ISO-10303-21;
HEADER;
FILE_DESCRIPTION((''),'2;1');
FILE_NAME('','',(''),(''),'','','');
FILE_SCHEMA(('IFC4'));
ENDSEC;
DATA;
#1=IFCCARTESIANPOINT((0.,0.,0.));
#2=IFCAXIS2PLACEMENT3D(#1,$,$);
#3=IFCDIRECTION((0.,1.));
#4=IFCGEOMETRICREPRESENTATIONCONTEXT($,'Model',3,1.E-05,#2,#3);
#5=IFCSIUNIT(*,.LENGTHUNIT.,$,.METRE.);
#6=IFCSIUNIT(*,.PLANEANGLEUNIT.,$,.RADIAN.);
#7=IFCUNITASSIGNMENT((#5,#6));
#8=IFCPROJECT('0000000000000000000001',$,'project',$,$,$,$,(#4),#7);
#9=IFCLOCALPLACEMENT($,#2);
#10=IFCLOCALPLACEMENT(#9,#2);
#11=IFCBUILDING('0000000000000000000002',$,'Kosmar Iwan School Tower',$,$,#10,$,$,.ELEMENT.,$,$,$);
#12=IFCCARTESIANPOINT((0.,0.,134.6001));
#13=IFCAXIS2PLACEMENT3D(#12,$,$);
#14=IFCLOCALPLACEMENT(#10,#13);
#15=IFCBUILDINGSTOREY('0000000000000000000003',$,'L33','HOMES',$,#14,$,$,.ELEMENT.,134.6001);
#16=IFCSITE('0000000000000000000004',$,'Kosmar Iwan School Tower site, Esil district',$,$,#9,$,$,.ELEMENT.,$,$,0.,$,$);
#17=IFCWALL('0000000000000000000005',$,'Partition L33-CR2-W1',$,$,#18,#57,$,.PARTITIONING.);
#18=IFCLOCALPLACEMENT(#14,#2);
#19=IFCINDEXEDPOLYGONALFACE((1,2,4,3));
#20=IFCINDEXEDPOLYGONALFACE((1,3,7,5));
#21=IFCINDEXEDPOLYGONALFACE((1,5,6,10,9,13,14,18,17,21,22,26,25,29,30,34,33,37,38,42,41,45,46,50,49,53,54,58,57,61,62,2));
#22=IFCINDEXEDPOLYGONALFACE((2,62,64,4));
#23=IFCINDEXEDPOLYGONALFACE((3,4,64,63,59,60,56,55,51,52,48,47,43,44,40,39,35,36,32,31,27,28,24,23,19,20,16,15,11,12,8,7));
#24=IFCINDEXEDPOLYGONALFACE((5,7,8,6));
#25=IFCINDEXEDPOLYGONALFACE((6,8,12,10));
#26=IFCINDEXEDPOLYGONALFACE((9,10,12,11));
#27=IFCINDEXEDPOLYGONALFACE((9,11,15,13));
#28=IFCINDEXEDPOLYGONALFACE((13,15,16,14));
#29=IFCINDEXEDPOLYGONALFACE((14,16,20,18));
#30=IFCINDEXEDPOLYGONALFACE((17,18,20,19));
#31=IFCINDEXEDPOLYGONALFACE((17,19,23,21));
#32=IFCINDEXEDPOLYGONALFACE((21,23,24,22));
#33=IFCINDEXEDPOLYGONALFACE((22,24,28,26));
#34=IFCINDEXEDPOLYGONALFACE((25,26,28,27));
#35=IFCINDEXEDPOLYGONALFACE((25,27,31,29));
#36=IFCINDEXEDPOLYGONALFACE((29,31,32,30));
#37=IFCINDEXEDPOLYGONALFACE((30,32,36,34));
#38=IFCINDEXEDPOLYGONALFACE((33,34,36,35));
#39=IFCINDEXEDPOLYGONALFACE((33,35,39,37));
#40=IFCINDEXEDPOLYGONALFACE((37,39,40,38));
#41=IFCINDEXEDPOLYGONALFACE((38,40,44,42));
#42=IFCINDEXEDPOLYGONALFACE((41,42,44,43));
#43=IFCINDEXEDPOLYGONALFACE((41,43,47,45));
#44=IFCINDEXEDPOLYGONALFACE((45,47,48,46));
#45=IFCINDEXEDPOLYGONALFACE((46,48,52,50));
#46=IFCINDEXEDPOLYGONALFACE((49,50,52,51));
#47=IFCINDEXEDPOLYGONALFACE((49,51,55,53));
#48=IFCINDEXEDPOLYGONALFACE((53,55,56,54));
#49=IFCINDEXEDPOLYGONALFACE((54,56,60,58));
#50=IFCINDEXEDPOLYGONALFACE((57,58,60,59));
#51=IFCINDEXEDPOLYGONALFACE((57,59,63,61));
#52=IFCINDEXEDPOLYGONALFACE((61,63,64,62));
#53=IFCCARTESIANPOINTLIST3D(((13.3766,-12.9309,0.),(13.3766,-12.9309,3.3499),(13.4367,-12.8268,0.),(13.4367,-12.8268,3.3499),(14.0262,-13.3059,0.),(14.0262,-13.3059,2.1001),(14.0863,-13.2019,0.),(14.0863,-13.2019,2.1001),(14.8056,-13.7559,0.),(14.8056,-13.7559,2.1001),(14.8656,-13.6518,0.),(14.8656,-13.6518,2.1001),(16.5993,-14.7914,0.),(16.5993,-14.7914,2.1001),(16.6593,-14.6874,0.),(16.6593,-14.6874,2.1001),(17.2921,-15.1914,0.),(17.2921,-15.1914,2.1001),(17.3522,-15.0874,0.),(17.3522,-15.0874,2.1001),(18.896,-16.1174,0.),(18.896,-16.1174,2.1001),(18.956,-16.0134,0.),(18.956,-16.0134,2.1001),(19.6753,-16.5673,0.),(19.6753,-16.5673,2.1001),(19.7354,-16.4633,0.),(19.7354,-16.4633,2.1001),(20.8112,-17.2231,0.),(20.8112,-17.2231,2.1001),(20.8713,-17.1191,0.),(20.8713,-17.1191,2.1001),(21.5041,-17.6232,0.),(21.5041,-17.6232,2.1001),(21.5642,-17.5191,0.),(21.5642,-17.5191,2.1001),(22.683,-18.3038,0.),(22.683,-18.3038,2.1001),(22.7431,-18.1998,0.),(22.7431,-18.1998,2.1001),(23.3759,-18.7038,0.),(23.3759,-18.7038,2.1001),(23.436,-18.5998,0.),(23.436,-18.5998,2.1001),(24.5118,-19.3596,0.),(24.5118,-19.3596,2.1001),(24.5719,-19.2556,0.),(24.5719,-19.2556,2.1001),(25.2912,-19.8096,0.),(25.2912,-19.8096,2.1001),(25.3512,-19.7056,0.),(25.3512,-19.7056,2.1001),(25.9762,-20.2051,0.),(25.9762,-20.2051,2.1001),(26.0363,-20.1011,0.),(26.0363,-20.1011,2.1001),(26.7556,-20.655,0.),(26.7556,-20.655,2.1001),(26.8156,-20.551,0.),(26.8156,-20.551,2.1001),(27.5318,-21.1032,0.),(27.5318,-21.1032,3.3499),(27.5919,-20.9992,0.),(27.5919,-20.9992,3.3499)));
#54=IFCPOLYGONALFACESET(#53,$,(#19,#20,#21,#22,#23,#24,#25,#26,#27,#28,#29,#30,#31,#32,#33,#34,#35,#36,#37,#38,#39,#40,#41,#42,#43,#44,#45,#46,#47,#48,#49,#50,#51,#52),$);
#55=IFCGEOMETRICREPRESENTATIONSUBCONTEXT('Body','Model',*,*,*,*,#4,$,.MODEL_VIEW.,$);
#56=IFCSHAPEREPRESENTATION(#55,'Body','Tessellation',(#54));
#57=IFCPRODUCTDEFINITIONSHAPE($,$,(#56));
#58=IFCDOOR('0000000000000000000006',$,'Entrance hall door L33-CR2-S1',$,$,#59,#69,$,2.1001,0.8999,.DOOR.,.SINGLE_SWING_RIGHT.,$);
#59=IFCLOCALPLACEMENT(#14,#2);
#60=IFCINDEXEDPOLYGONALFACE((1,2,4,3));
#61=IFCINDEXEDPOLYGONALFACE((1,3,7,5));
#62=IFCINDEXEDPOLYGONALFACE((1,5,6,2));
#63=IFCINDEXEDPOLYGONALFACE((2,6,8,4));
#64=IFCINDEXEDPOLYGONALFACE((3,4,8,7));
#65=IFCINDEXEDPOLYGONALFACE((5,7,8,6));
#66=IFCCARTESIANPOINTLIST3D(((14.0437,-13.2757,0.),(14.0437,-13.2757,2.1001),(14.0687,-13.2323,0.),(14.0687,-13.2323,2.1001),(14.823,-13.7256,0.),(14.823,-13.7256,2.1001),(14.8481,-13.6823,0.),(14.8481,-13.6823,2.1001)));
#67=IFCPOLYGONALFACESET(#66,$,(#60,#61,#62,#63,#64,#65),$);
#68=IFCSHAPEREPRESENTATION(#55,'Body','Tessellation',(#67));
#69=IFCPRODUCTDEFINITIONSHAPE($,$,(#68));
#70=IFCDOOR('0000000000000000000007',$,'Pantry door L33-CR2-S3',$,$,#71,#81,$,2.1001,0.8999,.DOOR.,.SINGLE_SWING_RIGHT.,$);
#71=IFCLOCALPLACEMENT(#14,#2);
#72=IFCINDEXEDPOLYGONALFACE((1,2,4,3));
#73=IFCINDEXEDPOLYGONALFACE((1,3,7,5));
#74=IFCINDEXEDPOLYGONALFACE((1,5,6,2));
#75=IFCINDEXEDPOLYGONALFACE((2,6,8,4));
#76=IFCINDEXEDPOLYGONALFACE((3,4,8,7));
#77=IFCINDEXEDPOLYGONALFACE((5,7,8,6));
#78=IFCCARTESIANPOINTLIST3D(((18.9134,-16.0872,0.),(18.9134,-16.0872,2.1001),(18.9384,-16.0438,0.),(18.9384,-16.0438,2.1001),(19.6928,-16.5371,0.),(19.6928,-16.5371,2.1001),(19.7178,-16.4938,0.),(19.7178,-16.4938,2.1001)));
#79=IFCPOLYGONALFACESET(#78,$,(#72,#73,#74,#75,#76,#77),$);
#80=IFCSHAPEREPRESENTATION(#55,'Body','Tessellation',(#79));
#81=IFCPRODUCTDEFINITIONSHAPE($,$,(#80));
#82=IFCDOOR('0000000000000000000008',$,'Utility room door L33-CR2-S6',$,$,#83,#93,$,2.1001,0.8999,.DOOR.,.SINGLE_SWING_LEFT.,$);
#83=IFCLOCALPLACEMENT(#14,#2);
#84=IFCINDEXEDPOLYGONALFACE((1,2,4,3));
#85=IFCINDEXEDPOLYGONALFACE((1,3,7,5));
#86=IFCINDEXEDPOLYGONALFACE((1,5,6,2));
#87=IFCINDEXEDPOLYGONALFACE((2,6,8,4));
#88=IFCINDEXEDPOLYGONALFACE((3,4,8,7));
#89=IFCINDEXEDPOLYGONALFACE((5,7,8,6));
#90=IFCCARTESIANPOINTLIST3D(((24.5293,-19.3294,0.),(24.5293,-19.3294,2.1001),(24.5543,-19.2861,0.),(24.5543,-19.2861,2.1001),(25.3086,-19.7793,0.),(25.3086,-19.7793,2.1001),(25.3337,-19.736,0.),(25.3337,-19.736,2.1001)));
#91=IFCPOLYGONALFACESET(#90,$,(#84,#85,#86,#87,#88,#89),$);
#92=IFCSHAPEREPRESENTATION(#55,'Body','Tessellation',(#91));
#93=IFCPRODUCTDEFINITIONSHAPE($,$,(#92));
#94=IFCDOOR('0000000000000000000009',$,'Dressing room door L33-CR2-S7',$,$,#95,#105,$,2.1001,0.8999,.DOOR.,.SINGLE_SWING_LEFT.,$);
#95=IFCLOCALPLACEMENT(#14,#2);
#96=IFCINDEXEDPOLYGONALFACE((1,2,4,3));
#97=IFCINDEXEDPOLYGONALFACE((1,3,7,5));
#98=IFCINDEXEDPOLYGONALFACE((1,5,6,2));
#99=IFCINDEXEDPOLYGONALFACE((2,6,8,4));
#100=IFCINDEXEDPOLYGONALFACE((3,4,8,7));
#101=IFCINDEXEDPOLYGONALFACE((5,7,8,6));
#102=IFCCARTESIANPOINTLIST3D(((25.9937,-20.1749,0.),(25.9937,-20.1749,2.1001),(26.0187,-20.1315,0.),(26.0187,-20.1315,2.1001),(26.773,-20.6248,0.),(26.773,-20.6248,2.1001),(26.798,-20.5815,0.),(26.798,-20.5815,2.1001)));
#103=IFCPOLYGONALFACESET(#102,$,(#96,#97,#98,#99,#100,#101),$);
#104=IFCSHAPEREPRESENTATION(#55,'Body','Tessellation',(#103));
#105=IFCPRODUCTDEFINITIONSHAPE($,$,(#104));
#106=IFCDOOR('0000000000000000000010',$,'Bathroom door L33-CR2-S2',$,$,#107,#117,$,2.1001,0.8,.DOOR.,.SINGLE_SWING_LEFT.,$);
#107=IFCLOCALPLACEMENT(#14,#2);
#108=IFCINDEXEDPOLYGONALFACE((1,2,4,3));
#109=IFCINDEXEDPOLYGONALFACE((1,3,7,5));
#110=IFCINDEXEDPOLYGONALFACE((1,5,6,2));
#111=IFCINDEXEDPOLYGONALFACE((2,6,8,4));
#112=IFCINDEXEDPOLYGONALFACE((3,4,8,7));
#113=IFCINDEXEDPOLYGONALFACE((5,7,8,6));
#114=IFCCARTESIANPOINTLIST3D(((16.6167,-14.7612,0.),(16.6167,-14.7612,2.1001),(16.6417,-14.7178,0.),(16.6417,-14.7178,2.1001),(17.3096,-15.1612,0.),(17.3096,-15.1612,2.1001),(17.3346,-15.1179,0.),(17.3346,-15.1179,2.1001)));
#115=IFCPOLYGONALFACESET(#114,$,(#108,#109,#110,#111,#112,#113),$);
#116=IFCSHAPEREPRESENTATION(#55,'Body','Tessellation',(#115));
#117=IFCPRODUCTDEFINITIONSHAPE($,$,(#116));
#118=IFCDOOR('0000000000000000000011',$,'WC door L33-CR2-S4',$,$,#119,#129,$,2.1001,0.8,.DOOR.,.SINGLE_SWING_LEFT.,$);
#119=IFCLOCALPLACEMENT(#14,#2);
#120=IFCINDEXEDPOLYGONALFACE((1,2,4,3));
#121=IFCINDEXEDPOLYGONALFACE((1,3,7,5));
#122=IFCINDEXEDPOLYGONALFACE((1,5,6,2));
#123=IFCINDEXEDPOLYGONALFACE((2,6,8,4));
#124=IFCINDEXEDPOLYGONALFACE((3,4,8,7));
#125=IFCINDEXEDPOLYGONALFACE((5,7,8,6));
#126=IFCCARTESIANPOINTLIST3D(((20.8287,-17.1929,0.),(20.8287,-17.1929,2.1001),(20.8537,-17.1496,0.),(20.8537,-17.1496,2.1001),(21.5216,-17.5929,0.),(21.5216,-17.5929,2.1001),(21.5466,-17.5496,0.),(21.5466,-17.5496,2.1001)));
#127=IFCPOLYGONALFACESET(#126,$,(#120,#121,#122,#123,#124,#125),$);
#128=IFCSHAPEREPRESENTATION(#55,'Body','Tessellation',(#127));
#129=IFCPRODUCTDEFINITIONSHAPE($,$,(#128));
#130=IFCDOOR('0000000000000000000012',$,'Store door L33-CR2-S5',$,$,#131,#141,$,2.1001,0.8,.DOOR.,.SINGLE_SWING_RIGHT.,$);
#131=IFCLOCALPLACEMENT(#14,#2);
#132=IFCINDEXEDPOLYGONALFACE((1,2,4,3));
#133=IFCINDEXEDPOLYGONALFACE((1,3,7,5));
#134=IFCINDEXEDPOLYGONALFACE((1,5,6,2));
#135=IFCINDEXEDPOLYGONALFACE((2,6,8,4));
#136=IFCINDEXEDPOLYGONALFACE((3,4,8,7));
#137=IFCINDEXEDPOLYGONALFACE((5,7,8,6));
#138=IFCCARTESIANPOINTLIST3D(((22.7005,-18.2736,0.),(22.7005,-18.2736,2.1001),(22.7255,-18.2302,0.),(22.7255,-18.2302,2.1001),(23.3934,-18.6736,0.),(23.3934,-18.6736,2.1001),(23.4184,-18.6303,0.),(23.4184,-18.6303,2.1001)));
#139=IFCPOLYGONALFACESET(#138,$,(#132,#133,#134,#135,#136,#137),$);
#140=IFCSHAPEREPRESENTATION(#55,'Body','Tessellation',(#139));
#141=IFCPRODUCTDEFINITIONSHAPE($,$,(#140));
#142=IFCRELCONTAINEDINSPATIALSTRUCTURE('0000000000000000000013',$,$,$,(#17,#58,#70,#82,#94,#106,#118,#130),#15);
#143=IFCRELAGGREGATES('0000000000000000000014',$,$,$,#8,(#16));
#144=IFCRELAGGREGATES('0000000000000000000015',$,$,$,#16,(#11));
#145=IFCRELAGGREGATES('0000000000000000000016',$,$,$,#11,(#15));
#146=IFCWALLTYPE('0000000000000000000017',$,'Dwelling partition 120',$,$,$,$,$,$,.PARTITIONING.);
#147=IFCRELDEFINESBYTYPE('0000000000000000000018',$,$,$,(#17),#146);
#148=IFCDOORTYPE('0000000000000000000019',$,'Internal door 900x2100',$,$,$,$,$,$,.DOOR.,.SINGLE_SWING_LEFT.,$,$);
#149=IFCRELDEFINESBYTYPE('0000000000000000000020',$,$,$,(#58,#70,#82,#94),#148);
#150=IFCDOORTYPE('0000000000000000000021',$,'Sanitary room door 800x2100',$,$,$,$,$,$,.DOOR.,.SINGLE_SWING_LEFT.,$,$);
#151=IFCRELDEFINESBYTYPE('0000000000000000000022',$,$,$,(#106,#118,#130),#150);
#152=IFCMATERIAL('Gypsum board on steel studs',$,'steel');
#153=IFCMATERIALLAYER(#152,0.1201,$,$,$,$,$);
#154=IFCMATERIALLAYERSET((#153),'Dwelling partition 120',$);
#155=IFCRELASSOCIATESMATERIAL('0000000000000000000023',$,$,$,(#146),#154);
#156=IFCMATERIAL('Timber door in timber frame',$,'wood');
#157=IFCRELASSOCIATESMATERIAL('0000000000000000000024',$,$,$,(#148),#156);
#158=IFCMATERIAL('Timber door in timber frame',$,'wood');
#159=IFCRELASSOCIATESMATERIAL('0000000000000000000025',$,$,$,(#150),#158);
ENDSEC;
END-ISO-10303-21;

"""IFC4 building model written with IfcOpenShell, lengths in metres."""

from ifc_helpers import new_model, si_unit, direction, frame, frame_2d, origin, place, context, subcontext, project, spatial, rectangle, extrude, material, layer, layer_set, type_object, element, fill, save


model = new_model("IFC4")

# Units and contexts
model_context = context("Model", 3, precision=1e-05, world=origin(), true_north=direction((0.0, 1.0)))
body_context = subcontext(model_context, "Body", "Model", "MODEL_VIEW")
ifc_project = project(units=[si_unit("LENGTHUNIT", "METRE"), si_unit("PLANEANGLEUNIT", "RADIAN")], contexts=[model_context])

# Site, building, storey
site_placement = place(None, origin())
site = spatial("IfcSite", under=ifc_project, at=site_placement, Name="Kosmar Iwan School Tower site, Esil district", CompositionType="ELEMENT", RefElevation=0.0)
building_placement = place(site_placement, origin())
building = spatial("IfcBuilding", under=site, at=building_placement, Name="Kosmar Iwan School Tower", CompositionType="ELEMENT")
storey_placement = place(building_placement, frame((0.0, 0.0, 134.6001)))
storey = spatial("IfcBuildingStorey", under=building, at=storey_placement, Name="L33", Description="HOMES", CompositionType="ELEMENT", Elevation=134.6001)

# Shared definitions
ifc_material_1 = material(Name="Gypsum board on steel studs", Category="steel")
ifc_layer_1 = layer(ifc_material_1, 0.1201)
ifc_layer_set_1 = layer_set([ifc_layer_1], Name="Dwelling partition 120")
wall_type_1 = type_object("IfcWallType", Name="Dwelling partition 120", PredefinedType="PARTITIONING", material=ifc_layer_set_1)

# Wall, openings, doors
wall_1_placement = place(storey_placement, frame((13.4067, -12.8789, 0.0), z_axis=(0.0, 0.0, 1.0), x_axis=(0.86603, -0.499991, 0.0)))
wall_1 = element("IfcWall", 1, at=wall_1_placement, inside=storey, type_object=wall_type_1, Name="Partition L33-CR2-W1", PredefinedType="PARTITIONING", context=body_context, shape_type="SweptSolid", body=[
    extrude(rectangle(XDim=16.345, YDim=0.1201, at=frame_2d((8.1724, 0.0))), origin(), (0.0, 0.0, 1.0), 3.3499),
])
opening_1_placement = place(wall_1_placement, frame((0.75, 0.0, 0.0)))
opening_1 = element("IfcOpeningElement", 2, at=opening_1_placement, cuts=wall_1, PredefinedType="OPENING", context=body_context, shape_type="SweptSolid", body=[
    extrude(rectangle(XDim=0.8999, YDim=2.1001, at=frame_2d((0.45, 1.05))), frame((0.0, 0.072, 0.0), z_axis=(0.0, -1.0, 0.0), x_axis=(1.0, 0.0, 0.0)), (0.0, 0.0, 1.0), 0.144),
])
opening_2_placement = place(wall_1_placement, frame((3.7212, 0.0, 0.0)))
opening_2 = element("IfcOpeningElement", 3, at=opening_2_placement, cuts=wall_1, PredefinedType="OPENING", context=body_context, shape_type="SweptSolid", body=[
    extrude(rectangle(XDim=0.8, YDim=2.1001, at=frame_2d((0.3999, 1.05))), frame((0.0, 0.072, 0.0), z_axis=(0.0, -1.0, 0.0), x_axis=(1.0, 0.0, 0.0)), (0.0, 0.0, 1.0), 0.144),
])
opening_3_placement = place(wall_1_placement, frame((6.373, 0.0, 0.0)))
opening_3 = element("IfcOpeningElement", 4, at=opening_3_placement, cuts=wall_1, PredefinedType="OPENING", context=body_context, shape_type="SweptSolid", body=[
    extrude(rectangle(XDim=0.8999, YDim=2.1001, at=frame_2d((0.45, 1.05))), frame((0.0, 0.072, 0.0), z_axis=(0.0, -1.0, 0.0), x_axis=(1.0, 0.0, 0.0)), (0.0, 0.0, 1.0), 0.144),
])
opening_4_placement = place(wall_1_placement, frame((8.5847, 0.0, 0.0)))
opening_4 = element("IfcOpeningElement", 5, at=opening_4_placement, cuts=wall_1, PredefinedType="OPENING", context=body_context, shape_type="SweptSolid", body=[
    extrude(rectangle(XDim=0.8, YDim=2.1001, at=frame_2d((0.3999, 1.05))), frame((0.0, 0.072, 0.0), z_axis=(0.0, -1.0, 0.0), x_axis=(1.0, 0.0, 0.0)), (0.0, 0.0, 1.0), 0.144),
])
opening_5_placement = place(wall_1_placement, frame((10.7461, 0.0, 0.0)))
opening_5 = element("IfcOpeningElement", 6, at=opening_5_placement, cuts=wall_1, PredefinedType="OPENING", context=body_context, shape_type="SweptSolid", body=[
    extrude(rectangle(XDim=0.8, YDim=2.1001, at=frame_2d((0.3999, 1.05))), frame((0.0, 0.072, 0.0), z_axis=(0.0, -1.0, 0.0), x_axis=(1.0, 0.0, 0.0)), (0.0, 0.0, 1.0), 0.144),
])
opening_6_placement = place(wall_1_placement, frame((12.8577, 0.0, 0.0)))
opening_6 = element("IfcOpeningElement", 7, at=opening_6_placement, cuts=wall_1, PredefinedType="OPENING", context=body_context, shape_type="SweptSolid", body=[
    extrude(rectangle(XDim=0.8999, YDim=2.1001, at=frame_2d((0.45, 1.05))), frame((0.0, 0.072, 0.0), z_axis=(0.0, -1.0, 0.0), x_axis=(1.0, 0.0, 0.0)), (0.0, 0.0, 1.0), 0.144),
])
opening_7_placement = place(wall_1_placement, frame((14.5486, 0.0, 0.0)))
opening_7 = element("IfcOpeningElement", 8, at=opening_7_placement, cuts=wall_1, PredefinedType="OPENING", context=body_context, shape_type="SweptSolid", body=[
    extrude(rectangle(XDim=0.8999, YDim=2.1001, at=frame_2d((0.45, 1.05))), frame((0.0, 0.072, 0.0), z_axis=(0.0, -1.0, 0.0), x_axis=(1.0, 0.0, 0.0)), (0.0, 0.0, 1.0), 0.144),
])
ifc_material_2 = material(Name="Timber door in timber frame", Category="wood")
door_type_1 = type_object("IfcDoorType", Name="Internal door 900x2100", OperationType="SINGLE_SWING_LEFT", PredefinedType="DOOR", material=ifc_material_2)
door_1_placement = place(opening_1_placement, origin())
door_1 = element("IfcDoor", 9, at=door_1_placement, inside=storey, type_object=door_type_1, Name="Entrance hall door L33-CR2-S1", OperationType="SINGLE_SWING_RIGHT", OverallHeight=2.1001, OverallWidth=0.8999, PredefinedType="DOOR", context=body_context, shape_type="SweptSolid", body=[
    extrude(rectangle(XDim=0.8999, YDim=2.1001, at=frame_2d((0.45, 1.05))), frame((0.0, 0.0249, 0.0), z_axis=(0.0, -1.0, 0.0), x_axis=(1.0, 0.0, 0.0)), (0.0, 0.0, 1.0), 0.05),
])
fill(opening_1, door_1)
door_2_placement = place(opening_3_placement, origin())
door_2 = element("IfcDoor", 10, at=door_2_placement, inside=storey, type_object=door_type_1, Name="Pantry door L33-CR2-S3", OperationType="SINGLE_SWING_RIGHT", OverallHeight=2.1001, OverallWidth=0.8999, PredefinedType="DOOR", context=body_context, shape_type="SweptSolid", body=[
    extrude(rectangle(XDim=0.8999, YDim=2.1001, at=frame_2d((0.45, 1.05))), frame((0.0, 0.0249, 0.0), z_axis=(0.0, -1.0, 0.0), x_axis=(1.0, 0.0, 0.0)), (0.0, 0.0, 1.0), 0.05),
])
fill(opening_3, door_2)
door_3_placement = place(opening_6_placement, origin())
door_3 = element("IfcDoor", 11, at=door_3_placement, inside=storey, type_object=door_type_1, Name="Utility room door L33-CR2-S6", OperationType="SINGLE_SWING_LEFT", OverallHeight=2.1001, OverallWidth=0.8999, PredefinedType="DOOR", context=body_context, shape_type="SweptSolid", body=[
    extrude(rectangle(XDim=0.8999, YDim=2.1001, at=frame_2d((0.45, 1.05))), frame((0.0, 0.0249, 0.0), z_axis=(0.0, -1.0, 0.0), x_axis=(1.0, 0.0, 0.0)), (0.0, 0.0, 1.0), 0.05),
])
fill(opening_6, door_3)
door_4_placement = place(opening_7_placement, origin())
door_4 = element("IfcDoor", 12, at=door_4_placement, inside=storey, type_object=door_type_1, Name="Dressing room door L33-CR2-S7", OperationType="SINGLE_SWING_LEFT", OverallHeight=2.1001, OverallWidth=0.8999, PredefinedType="DOOR", context=body_context, shape_type="SweptSolid", body=[
    extrude(rectangle(XDim=0.8999, YDim=2.1001, at=frame_2d((0.45, 1.05))), frame((0.0, 0.0249, 0.0), z_axis=(0.0, -1.0, 0.0), x_axis=(1.0, 0.0, 0.0)), (0.0, 0.0, 1.0), 0.05),
])
fill(opening_7, door_4)
ifc_material_3 = material(Name="Timber door in timber frame", Category="wood")
door_type_2 = type_object("IfcDoorType", Name="Sanitary room door 800x2100", OperationType="SINGLE_SWING_LEFT", PredefinedType="DOOR", material=ifc_material_3)
door_5_placement = place(opening_2_placement, origin())
door_5 = element("IfcDoor", 13, at=door_5_placement, inside=storey, type_object=door_type_2, Name="Bathroom door L33-CR2-S2", OperationType="SINGLE_SWING_LEFT", OverallHeight=2.1001, OverallWidth=0.8, PredefinedType="DOOR", context=body_context, shape_type="SweptSolid", body=[
    extrude(rectangle(XDim=0.8, YDim=2.1001, at=frame_2d((0.3999, 1.05))), frame((0.0, 0.0249, 0.0), z_axis=(0.0, -1.0, 0.0), x_axis=(1.0, 0.0, 0.0)), (0.0, 0.0, 1.0), 0.05),
])
fill(opening_2, door_5)
door_6_placement = place(opening_4_placement, origin())
door_6 = element("IfcDoor", 14, at=door_6_placement, inside=storey, type_object=door_type_2, Name="WC door L33-CR2-S4", OperationType="SINGLE_SWING_LEFT", OverallHeight=2.1001, OverallWidth=0.8, PredefinedType="DOOR", context=body_context, shape_type="SweptSolid", body=[
    extrude(rectangle(XDim=0.8, YDim=2.1001, at=frame_2d((0.3999, 1.05))), frame((0.0, 0.0249, 0.0), z_axis=(0.0, -1.0, 0.0), x_axis=(1.0, 0.0, 0.0)), (0.0, 0.0, 1.0), 0.05),
])
fill(opening_4, door_6)
door_7_placement = place(opening_5_placement, origin())
door_7 = element("IfcDoor", 15, at=door_7_placement, inside=storey, type_object=door_type_2, Name="Store door L33-CR2-S5", OperationType="SINGLE_SWING_RIGHT", OverallHeight=2.1001, OverallWidth=0.8, PredefinedType="DOOR", context=body_context, shape_type="SweptSolid", body=[
    extrude(rectangle(XDim=0.8, YDim=2.1001, at=frame_2d((0.3999, 1.05))), frame((0.0, 0.0249, 0.0), z_axis=(0.0, -1.0, 0.0), x_axis=(1.0, 0.0, 0.0)), (0.0, 0.0, 1.0), 0.05),
])
fill(opening_5, door_7)

save(model, "model.ifc")
